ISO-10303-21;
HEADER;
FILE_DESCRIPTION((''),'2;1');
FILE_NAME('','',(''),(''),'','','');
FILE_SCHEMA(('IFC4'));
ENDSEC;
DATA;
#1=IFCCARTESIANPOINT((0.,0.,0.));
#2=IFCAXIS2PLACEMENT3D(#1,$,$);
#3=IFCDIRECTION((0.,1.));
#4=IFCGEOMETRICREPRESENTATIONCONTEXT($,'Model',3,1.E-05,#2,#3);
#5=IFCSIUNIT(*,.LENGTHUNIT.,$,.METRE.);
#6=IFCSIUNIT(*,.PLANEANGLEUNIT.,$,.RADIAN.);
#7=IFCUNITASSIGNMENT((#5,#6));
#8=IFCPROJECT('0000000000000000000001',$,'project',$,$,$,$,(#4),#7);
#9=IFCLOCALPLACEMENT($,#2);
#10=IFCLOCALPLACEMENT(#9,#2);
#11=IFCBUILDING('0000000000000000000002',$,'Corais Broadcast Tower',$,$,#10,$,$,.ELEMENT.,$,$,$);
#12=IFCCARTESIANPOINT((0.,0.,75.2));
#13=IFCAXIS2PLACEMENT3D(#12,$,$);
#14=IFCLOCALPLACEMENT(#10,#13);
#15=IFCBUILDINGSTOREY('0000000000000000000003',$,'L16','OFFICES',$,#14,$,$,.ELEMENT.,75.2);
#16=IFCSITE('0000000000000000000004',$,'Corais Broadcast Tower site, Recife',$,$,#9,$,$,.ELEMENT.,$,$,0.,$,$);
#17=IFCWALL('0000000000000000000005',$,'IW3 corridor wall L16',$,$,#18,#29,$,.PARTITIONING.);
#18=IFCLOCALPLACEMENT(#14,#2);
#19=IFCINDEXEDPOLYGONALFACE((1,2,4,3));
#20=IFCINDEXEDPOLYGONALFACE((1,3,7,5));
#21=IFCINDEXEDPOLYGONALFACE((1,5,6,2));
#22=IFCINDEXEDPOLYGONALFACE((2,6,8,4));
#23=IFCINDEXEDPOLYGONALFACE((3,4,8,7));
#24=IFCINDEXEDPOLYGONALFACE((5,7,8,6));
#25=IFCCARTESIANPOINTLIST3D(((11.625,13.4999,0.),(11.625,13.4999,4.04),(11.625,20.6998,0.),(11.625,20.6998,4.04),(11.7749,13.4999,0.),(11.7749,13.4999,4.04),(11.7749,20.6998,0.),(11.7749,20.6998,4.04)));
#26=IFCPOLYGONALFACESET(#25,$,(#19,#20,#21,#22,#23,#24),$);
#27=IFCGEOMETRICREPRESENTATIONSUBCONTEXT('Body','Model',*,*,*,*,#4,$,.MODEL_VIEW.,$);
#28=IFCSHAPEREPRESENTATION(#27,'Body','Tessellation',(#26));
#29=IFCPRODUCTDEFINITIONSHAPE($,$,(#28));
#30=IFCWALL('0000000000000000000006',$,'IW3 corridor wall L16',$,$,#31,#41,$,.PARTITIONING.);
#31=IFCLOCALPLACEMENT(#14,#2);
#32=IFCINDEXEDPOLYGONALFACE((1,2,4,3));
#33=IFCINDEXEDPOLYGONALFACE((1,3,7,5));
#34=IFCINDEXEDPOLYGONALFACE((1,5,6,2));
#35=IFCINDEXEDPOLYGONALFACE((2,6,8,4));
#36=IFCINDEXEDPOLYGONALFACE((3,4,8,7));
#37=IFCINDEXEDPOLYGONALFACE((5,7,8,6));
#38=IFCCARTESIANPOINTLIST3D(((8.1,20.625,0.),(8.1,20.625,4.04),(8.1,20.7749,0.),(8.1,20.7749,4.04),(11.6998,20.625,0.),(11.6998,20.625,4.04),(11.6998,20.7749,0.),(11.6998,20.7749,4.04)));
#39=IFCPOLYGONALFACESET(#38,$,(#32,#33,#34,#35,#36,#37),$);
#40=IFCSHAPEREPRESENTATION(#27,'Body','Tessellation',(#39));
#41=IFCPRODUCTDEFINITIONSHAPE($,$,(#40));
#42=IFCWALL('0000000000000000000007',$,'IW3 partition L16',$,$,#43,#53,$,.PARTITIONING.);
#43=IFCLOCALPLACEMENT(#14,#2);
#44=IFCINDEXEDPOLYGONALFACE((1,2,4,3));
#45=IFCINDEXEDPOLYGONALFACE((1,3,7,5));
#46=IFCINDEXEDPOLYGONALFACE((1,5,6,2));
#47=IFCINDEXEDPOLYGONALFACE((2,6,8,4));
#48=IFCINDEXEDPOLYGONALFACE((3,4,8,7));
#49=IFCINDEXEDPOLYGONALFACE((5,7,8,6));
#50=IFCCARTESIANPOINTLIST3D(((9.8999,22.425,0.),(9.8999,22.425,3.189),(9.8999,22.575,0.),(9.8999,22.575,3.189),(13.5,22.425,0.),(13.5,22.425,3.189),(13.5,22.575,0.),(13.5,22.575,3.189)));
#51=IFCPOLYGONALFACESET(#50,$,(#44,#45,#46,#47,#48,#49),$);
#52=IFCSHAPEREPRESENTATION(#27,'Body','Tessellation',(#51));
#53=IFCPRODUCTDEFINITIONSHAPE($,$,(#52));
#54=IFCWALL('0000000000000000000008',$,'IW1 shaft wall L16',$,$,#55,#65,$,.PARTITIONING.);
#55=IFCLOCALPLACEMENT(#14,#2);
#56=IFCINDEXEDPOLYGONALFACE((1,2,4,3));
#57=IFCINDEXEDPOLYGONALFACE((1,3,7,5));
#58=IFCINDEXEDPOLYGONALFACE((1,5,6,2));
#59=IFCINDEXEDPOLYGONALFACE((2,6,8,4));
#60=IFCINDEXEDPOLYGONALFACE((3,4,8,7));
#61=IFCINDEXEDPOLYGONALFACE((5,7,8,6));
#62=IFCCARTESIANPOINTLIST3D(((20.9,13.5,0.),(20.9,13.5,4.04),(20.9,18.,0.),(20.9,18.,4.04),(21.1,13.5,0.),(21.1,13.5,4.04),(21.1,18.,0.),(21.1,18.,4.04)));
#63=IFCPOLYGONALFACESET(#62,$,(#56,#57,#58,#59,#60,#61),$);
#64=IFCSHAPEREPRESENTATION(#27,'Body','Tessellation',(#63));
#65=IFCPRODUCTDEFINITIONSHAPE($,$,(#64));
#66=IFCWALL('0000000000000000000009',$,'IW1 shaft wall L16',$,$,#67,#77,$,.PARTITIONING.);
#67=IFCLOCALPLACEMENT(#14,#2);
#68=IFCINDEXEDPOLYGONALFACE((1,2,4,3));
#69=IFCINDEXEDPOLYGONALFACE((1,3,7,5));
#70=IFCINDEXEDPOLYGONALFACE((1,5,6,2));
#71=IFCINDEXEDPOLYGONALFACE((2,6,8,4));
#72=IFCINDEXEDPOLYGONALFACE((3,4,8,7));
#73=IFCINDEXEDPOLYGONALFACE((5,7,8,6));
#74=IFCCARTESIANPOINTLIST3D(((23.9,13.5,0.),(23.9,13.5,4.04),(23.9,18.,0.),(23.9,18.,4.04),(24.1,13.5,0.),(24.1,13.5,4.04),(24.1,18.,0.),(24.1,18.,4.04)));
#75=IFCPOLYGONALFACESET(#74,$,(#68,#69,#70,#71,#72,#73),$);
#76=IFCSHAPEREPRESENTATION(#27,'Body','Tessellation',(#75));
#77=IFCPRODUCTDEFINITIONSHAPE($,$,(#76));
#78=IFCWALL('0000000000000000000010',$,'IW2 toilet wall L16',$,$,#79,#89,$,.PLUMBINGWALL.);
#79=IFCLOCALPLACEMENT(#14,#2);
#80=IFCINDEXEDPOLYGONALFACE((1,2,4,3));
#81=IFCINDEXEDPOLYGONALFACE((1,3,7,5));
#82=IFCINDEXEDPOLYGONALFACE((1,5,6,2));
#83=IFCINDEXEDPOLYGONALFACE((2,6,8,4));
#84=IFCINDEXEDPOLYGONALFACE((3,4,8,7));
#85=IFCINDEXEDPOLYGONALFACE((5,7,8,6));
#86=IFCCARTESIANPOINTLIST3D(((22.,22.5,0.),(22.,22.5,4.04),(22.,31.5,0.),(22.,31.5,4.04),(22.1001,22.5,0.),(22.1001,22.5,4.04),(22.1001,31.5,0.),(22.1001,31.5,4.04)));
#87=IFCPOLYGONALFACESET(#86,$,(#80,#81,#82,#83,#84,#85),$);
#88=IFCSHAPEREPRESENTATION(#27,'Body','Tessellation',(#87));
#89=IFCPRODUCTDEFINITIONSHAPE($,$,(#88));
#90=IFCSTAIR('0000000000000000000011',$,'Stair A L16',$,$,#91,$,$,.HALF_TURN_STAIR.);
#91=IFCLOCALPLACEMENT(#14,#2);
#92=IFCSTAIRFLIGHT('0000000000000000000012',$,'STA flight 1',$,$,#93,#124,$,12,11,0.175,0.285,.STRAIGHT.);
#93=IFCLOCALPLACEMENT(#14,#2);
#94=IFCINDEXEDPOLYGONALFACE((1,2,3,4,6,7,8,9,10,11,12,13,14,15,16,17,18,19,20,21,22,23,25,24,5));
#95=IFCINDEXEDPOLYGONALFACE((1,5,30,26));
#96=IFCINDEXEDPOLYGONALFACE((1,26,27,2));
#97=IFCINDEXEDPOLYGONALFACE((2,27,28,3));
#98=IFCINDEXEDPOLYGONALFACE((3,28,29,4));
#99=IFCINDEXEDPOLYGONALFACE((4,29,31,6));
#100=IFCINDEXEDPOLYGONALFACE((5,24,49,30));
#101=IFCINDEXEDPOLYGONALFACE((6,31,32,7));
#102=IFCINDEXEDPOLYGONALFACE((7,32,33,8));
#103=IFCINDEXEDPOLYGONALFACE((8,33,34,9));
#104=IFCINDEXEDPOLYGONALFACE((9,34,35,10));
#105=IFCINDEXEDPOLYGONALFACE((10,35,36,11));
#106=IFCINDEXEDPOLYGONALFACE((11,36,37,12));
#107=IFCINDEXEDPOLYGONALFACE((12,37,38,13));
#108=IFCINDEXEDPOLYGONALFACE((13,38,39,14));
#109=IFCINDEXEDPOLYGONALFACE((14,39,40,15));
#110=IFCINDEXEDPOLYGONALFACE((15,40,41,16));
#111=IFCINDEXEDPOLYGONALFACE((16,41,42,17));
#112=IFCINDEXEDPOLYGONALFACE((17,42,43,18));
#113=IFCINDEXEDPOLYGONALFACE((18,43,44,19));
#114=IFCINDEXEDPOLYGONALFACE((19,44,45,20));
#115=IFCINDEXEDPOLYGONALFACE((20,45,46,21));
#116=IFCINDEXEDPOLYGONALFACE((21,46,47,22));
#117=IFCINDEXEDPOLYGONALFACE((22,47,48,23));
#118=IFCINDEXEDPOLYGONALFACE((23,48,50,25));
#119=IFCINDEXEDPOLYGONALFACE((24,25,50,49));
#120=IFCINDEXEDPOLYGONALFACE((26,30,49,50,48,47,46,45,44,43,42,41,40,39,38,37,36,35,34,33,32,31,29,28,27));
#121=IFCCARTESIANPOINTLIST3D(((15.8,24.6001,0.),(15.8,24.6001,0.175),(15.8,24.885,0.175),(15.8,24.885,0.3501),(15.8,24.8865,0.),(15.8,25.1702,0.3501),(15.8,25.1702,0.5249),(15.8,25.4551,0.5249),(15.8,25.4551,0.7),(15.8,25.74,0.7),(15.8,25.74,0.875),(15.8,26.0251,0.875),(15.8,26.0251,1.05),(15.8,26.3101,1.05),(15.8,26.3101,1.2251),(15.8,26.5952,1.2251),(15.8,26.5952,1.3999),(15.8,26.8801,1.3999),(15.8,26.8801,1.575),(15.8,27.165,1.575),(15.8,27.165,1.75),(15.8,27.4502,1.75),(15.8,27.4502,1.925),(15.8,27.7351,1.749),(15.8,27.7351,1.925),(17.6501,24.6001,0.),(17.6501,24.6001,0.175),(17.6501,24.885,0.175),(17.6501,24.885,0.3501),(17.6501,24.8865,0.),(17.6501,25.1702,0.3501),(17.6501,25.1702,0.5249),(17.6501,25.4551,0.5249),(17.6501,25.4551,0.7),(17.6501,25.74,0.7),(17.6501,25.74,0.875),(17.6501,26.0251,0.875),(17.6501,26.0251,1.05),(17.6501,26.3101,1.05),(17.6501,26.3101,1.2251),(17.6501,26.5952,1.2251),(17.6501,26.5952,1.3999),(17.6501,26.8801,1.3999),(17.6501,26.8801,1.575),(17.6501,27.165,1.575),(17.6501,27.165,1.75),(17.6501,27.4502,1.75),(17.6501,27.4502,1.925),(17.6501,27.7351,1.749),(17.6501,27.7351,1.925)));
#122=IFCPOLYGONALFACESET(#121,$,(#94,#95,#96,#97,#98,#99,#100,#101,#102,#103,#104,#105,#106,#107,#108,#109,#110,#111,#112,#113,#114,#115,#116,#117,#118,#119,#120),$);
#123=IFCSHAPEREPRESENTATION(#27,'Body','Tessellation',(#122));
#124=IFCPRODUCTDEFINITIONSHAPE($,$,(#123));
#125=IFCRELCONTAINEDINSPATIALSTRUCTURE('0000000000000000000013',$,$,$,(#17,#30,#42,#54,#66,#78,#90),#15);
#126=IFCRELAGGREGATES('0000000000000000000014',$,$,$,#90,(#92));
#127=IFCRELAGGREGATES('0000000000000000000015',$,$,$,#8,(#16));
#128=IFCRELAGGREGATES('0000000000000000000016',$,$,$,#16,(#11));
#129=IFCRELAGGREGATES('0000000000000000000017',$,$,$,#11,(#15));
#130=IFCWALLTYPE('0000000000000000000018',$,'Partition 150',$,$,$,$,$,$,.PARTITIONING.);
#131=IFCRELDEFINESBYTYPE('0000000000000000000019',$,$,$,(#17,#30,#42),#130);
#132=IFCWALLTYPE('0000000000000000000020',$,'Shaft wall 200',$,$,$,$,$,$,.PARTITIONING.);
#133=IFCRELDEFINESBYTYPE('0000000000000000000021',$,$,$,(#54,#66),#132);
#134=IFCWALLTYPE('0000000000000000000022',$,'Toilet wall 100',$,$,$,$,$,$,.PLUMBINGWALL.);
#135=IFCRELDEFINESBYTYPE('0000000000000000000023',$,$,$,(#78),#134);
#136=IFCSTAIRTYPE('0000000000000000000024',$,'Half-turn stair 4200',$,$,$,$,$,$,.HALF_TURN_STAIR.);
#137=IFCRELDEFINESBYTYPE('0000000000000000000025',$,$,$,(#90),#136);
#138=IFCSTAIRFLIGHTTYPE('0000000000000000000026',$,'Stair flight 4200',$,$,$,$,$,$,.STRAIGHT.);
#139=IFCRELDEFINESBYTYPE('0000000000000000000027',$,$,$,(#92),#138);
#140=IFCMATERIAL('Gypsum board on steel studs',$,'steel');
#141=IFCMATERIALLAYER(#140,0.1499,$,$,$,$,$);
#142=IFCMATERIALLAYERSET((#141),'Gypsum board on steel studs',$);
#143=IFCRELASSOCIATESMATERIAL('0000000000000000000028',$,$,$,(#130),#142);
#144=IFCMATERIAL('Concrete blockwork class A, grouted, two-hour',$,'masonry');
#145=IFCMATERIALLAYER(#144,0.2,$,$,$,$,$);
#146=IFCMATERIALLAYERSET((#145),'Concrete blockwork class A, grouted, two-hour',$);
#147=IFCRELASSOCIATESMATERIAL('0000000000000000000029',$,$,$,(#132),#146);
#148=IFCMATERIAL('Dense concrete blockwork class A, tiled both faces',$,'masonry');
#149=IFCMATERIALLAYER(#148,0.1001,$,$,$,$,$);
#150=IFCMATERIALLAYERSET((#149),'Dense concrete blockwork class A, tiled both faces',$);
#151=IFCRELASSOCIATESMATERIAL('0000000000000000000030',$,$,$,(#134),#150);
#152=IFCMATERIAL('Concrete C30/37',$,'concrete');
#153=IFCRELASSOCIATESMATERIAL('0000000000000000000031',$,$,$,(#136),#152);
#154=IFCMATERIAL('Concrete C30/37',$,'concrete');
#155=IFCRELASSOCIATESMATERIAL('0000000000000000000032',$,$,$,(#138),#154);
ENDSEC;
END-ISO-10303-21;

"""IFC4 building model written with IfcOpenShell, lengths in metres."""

from ifc_helpers import new_model, si_unit, direction, frame, frame_2d, origin, place, context, subcontext, project, spatial, polyline, rectangle, outline, extrude, material, layer, layer_set, type_object, element, aggregate, save


model = new_model("IFC4")

# Units and contexts
model_context = context("Model", 3, precision=1e-05, world=origin(), true_north=direction((0.0, 1.0)))
body_context = subcontext(model_context, "Body", "Model", "MODEL_VIEW")
ifc_project = project(units=[si_unit("LENGTHUNIT", "METRE"), si_unit("PLANEANGLEUNIT", "RADIAN")], contexts=[model_context])

# Site, building, storey
site_placement = place(None, origin())
site = spatial("IfcSite", under=ifc_project, at=site_placement, Name="Corais Broadcast Tower site, Recife", CompositionType="ELEMENT", RefElevation=0.0)
building_placement = place(site_placement, origin())
building = spatial("IfcBuilding", under=site, at=building_placement, Name="Corais Broadcast Tower", CompositionType="ELEMENT")
storey_placement = place(building_placement, frame((0.0, 0.0, 75.2)))
storey = spatial("IfcBuildingStorey", under=building, at=storey_placement, Name="L16", Description="OFFICES", CompositionType="ELEMENT", Elevation=75.2)

# Walls
ifc_material_1 = material(Name="Gypsum board on steel studs", Category="steel")
ifc_layer_1 = layer(ifc_material_1, 0.1499)
ifc_layer_set_1 = layer_set([ifc_layer_1], Name="Gypsum board on steel studs")
wall_type_1 = type_object("IfcWallType", Name="Partition 150", PredefinedType="PARTITIONING", material=ifc_layer_set_1)
wall_1_placement = place(storey_placement, frame((11.7, 20.7, 0.0), z_axis=(0.0, 0.0, 1.0), x_axis=(0.0, -1.0, 0.0)))
element("IfcWall", 1, at=wall_1_placement, inside=storey, type_object=wall_type_1, Name="IW3 corridor wall L16", PredefinedType="PARTITIONING", context=body_context, shape_type="SweptSolid", body=[
    extrude(rectangle(XDim=7.2, YDim=0.1499, at=frame_2d((3.6001, 0.0))), origin(), (0.0, 0.0, 1.0), 4.04),
])
wall_2_placement = place(storey_placement, frame((8.1001, 20.7, 0.0), z_axis=(0.0, 0.0, 1.0), x_axis=(1.0, 0.0, 0.0)))
element("IfcWall", 2, at=wall_2_placement, inside=storey, type_object=wall_type_1, Name="IW3 corridor wall L16", PredefinedType="PARTITIONING", context=body_context, shape_type="SweptSolid", body=[
    extrude(rectangle(XDim=3.5999, YDim=0.1499, at=frame_2d((1.7998, 0.0))), origin(), (0.0, 0.0, 1.0), 4.04),
])
wall_3_placement = place(storey_placement, frame((9.8999, 22.5, 0.0), z_axis=(0.0, 0.0, 1.0), x_axis=(1.0, 0.0, 0.0)))
element("IfcWall", 3, at=wall_3_placement, inside=storey, type_object=wall_type_1, Name="IW3 partition L16", PredefinedType="PARTITIONING", context=body_context, shape_type="SweptSolid", body=[
    extrude(rectangle(XDim=3.6001, YDim=0.1499, at=frame_2d((1.8, 0.0))), origin(), (0.0, 0.0, 1.0), 3.189),
])
ifc_material_2 = material(Name="Concrete blockwork class A, grouted, two-hour", Category="masonry")
ifc_layer_2 = layer(ifc_material_2, 0.2)
ifc_layer_set_2 = layer_set([ifc_layer_2], Name="Concrete blockwork class A, grouted, two-hour")
wall_type_2 = type_object("IfcWallType", Name="Shaft wall 200", PredefinedType="PARTITIONING", material=ifc_layer_set_2)
for number, where, z_axis, x_axis, name in (
    (4, (21.0, 13.5, 0.0), (0.0, 0.0, 1.0), (0.0, 1.0, 0.0), "IW1 shaft wall L16"),
    (5, (24.0, 13.5, 0.0), (0.0, 0.0, 1.0), (0.0, 1.0, 0.0), "IW1 shaft wall L16"),
):
    element("IfcWall", number, at=place(storey_placement, frame(where, z_axis=z_axis, x_axis=x_axis)), inside=storey, type_object=wall_type_2, Name=name, PredefinedType="PARTITIONING", context=body_context, shape_type="SweptSolid", body=[
        extrude(rectangle(XDim=4.5, YDim=0.2, at=frame_2d((2.25, 0.0))), origin(), (0.0, 0.0, 1.0), 4.04),
    ])
ifc_material_3 = material(Name="Dense concrete blockwork class A, tiled both faces", Category="masonry")
ifc_layer_3 = layer(ifc_material_3, 0.1001)
ifc_layer_set_3 = layer_set([ifc_layer_3], Name="Dense concrete blockwork class A, tiled both faces")
wall_type_3 = type_object("IfcWallType", Name="Toilet wall 100", PredefinedType="PLUMBINGWALL", material=ifc_layer_set_3)
wall_4_placement = place(storey_placement, frame((22.05, 22.5, 0.0), z_axis=(0.0, 0.0, 1.0), x_axis=(0.0, 1.0, 0.0)))
element("IfcWall", 6, at=wall_4_placement, inside=storey, type_object=wall_type_3, Name="IW2 toilet wall L16", PredefinedType="PLUMBINGWALL", context=body_context, shape_type="SweptSolid", body=[
    extrude(rectangle(XDim=9.0, YDim=0.1001, at=frame_2d((4.5, 0.0))), origin(), (0.0, 0.0, 1.0), 4.04),
])

# Stair, stair flight
ifc_material_4 = material(Name="Concrete C30/37", Category="concrete")
stair_type = type_object("IfcStairType", Name="Half-turn stair 4200", PredefinedType="HALF_TURN_STAIR", material=ifc_material_4)
stair_placement = place(storey_placement, origin())
stair = element("IfcStair", 7, at=stair_placement, inside=storey, type_object=stair_type, Name="Stair A L16", PredefinedType="HALF_TURN_STAIR")
ifc_material_5 = material(Name="Concrete C30/37", Category="concrete")
stair_flight_type = type_object("IfcStairFlightType", Name="Stair flight 4200", PredefinedType="STRAIGHT", material=ifc_material_5)
stair_flight_placement = place(storey_placement, frame((16.7251, 24.6001, 0.0), z_axis=(0.0, 0.0, 1.0), x_axis=(0.0, 1.0, 0.0)))
stair_flight = element("IfcStairFlight", 8, at=stair_flight_placement, type_object=stair_flight_type, Name="STA flight 1", NumberOfRisers=12, NumberOfTreads=11, PredefinedType="STRAIGHT", RiserHeight=0.175, TreadLength=0.285, context=body_context, shape_type="SweptSolid", body=[
    extrude(outline(polyline([(0.0, 0.0), (0.0, 0.175), (0.2849, 0.175), (0.2849, 0.3501), (0.5701, 0.3501), (0.5701, 0.5249), (0.855, 0.5249), (0.855, 0.7), (1.1399, 0.7), (1.1399, 0.875), (1.425, 0.875), (1.425, 1.05), (1.71, 1.05), (1.71, 1.2251), (1.9951, 1.2251), (1.9951, 1.3999), (2.28, 1.3999), (2.28, 1.575), (2.5649, 1.575), (2.5649, 1.75), (2.8501, 1.75), (2.8501, 1.925), (3.135, 1.925), (3.135, 2.1001), (3.135, 1.749), (0.2864, 0.0), (0.0, 0.0)])), frame((0.0, 0.925, 0.0), z_axis=(0.0, -1.0, 0.0), x_axis=(1.0, 0.0, 0.0)), (0.0, 0.0, 1.0), 1.8501),
])
aggregate(stair, [stair_flight])

save(model, "model.ifc")
